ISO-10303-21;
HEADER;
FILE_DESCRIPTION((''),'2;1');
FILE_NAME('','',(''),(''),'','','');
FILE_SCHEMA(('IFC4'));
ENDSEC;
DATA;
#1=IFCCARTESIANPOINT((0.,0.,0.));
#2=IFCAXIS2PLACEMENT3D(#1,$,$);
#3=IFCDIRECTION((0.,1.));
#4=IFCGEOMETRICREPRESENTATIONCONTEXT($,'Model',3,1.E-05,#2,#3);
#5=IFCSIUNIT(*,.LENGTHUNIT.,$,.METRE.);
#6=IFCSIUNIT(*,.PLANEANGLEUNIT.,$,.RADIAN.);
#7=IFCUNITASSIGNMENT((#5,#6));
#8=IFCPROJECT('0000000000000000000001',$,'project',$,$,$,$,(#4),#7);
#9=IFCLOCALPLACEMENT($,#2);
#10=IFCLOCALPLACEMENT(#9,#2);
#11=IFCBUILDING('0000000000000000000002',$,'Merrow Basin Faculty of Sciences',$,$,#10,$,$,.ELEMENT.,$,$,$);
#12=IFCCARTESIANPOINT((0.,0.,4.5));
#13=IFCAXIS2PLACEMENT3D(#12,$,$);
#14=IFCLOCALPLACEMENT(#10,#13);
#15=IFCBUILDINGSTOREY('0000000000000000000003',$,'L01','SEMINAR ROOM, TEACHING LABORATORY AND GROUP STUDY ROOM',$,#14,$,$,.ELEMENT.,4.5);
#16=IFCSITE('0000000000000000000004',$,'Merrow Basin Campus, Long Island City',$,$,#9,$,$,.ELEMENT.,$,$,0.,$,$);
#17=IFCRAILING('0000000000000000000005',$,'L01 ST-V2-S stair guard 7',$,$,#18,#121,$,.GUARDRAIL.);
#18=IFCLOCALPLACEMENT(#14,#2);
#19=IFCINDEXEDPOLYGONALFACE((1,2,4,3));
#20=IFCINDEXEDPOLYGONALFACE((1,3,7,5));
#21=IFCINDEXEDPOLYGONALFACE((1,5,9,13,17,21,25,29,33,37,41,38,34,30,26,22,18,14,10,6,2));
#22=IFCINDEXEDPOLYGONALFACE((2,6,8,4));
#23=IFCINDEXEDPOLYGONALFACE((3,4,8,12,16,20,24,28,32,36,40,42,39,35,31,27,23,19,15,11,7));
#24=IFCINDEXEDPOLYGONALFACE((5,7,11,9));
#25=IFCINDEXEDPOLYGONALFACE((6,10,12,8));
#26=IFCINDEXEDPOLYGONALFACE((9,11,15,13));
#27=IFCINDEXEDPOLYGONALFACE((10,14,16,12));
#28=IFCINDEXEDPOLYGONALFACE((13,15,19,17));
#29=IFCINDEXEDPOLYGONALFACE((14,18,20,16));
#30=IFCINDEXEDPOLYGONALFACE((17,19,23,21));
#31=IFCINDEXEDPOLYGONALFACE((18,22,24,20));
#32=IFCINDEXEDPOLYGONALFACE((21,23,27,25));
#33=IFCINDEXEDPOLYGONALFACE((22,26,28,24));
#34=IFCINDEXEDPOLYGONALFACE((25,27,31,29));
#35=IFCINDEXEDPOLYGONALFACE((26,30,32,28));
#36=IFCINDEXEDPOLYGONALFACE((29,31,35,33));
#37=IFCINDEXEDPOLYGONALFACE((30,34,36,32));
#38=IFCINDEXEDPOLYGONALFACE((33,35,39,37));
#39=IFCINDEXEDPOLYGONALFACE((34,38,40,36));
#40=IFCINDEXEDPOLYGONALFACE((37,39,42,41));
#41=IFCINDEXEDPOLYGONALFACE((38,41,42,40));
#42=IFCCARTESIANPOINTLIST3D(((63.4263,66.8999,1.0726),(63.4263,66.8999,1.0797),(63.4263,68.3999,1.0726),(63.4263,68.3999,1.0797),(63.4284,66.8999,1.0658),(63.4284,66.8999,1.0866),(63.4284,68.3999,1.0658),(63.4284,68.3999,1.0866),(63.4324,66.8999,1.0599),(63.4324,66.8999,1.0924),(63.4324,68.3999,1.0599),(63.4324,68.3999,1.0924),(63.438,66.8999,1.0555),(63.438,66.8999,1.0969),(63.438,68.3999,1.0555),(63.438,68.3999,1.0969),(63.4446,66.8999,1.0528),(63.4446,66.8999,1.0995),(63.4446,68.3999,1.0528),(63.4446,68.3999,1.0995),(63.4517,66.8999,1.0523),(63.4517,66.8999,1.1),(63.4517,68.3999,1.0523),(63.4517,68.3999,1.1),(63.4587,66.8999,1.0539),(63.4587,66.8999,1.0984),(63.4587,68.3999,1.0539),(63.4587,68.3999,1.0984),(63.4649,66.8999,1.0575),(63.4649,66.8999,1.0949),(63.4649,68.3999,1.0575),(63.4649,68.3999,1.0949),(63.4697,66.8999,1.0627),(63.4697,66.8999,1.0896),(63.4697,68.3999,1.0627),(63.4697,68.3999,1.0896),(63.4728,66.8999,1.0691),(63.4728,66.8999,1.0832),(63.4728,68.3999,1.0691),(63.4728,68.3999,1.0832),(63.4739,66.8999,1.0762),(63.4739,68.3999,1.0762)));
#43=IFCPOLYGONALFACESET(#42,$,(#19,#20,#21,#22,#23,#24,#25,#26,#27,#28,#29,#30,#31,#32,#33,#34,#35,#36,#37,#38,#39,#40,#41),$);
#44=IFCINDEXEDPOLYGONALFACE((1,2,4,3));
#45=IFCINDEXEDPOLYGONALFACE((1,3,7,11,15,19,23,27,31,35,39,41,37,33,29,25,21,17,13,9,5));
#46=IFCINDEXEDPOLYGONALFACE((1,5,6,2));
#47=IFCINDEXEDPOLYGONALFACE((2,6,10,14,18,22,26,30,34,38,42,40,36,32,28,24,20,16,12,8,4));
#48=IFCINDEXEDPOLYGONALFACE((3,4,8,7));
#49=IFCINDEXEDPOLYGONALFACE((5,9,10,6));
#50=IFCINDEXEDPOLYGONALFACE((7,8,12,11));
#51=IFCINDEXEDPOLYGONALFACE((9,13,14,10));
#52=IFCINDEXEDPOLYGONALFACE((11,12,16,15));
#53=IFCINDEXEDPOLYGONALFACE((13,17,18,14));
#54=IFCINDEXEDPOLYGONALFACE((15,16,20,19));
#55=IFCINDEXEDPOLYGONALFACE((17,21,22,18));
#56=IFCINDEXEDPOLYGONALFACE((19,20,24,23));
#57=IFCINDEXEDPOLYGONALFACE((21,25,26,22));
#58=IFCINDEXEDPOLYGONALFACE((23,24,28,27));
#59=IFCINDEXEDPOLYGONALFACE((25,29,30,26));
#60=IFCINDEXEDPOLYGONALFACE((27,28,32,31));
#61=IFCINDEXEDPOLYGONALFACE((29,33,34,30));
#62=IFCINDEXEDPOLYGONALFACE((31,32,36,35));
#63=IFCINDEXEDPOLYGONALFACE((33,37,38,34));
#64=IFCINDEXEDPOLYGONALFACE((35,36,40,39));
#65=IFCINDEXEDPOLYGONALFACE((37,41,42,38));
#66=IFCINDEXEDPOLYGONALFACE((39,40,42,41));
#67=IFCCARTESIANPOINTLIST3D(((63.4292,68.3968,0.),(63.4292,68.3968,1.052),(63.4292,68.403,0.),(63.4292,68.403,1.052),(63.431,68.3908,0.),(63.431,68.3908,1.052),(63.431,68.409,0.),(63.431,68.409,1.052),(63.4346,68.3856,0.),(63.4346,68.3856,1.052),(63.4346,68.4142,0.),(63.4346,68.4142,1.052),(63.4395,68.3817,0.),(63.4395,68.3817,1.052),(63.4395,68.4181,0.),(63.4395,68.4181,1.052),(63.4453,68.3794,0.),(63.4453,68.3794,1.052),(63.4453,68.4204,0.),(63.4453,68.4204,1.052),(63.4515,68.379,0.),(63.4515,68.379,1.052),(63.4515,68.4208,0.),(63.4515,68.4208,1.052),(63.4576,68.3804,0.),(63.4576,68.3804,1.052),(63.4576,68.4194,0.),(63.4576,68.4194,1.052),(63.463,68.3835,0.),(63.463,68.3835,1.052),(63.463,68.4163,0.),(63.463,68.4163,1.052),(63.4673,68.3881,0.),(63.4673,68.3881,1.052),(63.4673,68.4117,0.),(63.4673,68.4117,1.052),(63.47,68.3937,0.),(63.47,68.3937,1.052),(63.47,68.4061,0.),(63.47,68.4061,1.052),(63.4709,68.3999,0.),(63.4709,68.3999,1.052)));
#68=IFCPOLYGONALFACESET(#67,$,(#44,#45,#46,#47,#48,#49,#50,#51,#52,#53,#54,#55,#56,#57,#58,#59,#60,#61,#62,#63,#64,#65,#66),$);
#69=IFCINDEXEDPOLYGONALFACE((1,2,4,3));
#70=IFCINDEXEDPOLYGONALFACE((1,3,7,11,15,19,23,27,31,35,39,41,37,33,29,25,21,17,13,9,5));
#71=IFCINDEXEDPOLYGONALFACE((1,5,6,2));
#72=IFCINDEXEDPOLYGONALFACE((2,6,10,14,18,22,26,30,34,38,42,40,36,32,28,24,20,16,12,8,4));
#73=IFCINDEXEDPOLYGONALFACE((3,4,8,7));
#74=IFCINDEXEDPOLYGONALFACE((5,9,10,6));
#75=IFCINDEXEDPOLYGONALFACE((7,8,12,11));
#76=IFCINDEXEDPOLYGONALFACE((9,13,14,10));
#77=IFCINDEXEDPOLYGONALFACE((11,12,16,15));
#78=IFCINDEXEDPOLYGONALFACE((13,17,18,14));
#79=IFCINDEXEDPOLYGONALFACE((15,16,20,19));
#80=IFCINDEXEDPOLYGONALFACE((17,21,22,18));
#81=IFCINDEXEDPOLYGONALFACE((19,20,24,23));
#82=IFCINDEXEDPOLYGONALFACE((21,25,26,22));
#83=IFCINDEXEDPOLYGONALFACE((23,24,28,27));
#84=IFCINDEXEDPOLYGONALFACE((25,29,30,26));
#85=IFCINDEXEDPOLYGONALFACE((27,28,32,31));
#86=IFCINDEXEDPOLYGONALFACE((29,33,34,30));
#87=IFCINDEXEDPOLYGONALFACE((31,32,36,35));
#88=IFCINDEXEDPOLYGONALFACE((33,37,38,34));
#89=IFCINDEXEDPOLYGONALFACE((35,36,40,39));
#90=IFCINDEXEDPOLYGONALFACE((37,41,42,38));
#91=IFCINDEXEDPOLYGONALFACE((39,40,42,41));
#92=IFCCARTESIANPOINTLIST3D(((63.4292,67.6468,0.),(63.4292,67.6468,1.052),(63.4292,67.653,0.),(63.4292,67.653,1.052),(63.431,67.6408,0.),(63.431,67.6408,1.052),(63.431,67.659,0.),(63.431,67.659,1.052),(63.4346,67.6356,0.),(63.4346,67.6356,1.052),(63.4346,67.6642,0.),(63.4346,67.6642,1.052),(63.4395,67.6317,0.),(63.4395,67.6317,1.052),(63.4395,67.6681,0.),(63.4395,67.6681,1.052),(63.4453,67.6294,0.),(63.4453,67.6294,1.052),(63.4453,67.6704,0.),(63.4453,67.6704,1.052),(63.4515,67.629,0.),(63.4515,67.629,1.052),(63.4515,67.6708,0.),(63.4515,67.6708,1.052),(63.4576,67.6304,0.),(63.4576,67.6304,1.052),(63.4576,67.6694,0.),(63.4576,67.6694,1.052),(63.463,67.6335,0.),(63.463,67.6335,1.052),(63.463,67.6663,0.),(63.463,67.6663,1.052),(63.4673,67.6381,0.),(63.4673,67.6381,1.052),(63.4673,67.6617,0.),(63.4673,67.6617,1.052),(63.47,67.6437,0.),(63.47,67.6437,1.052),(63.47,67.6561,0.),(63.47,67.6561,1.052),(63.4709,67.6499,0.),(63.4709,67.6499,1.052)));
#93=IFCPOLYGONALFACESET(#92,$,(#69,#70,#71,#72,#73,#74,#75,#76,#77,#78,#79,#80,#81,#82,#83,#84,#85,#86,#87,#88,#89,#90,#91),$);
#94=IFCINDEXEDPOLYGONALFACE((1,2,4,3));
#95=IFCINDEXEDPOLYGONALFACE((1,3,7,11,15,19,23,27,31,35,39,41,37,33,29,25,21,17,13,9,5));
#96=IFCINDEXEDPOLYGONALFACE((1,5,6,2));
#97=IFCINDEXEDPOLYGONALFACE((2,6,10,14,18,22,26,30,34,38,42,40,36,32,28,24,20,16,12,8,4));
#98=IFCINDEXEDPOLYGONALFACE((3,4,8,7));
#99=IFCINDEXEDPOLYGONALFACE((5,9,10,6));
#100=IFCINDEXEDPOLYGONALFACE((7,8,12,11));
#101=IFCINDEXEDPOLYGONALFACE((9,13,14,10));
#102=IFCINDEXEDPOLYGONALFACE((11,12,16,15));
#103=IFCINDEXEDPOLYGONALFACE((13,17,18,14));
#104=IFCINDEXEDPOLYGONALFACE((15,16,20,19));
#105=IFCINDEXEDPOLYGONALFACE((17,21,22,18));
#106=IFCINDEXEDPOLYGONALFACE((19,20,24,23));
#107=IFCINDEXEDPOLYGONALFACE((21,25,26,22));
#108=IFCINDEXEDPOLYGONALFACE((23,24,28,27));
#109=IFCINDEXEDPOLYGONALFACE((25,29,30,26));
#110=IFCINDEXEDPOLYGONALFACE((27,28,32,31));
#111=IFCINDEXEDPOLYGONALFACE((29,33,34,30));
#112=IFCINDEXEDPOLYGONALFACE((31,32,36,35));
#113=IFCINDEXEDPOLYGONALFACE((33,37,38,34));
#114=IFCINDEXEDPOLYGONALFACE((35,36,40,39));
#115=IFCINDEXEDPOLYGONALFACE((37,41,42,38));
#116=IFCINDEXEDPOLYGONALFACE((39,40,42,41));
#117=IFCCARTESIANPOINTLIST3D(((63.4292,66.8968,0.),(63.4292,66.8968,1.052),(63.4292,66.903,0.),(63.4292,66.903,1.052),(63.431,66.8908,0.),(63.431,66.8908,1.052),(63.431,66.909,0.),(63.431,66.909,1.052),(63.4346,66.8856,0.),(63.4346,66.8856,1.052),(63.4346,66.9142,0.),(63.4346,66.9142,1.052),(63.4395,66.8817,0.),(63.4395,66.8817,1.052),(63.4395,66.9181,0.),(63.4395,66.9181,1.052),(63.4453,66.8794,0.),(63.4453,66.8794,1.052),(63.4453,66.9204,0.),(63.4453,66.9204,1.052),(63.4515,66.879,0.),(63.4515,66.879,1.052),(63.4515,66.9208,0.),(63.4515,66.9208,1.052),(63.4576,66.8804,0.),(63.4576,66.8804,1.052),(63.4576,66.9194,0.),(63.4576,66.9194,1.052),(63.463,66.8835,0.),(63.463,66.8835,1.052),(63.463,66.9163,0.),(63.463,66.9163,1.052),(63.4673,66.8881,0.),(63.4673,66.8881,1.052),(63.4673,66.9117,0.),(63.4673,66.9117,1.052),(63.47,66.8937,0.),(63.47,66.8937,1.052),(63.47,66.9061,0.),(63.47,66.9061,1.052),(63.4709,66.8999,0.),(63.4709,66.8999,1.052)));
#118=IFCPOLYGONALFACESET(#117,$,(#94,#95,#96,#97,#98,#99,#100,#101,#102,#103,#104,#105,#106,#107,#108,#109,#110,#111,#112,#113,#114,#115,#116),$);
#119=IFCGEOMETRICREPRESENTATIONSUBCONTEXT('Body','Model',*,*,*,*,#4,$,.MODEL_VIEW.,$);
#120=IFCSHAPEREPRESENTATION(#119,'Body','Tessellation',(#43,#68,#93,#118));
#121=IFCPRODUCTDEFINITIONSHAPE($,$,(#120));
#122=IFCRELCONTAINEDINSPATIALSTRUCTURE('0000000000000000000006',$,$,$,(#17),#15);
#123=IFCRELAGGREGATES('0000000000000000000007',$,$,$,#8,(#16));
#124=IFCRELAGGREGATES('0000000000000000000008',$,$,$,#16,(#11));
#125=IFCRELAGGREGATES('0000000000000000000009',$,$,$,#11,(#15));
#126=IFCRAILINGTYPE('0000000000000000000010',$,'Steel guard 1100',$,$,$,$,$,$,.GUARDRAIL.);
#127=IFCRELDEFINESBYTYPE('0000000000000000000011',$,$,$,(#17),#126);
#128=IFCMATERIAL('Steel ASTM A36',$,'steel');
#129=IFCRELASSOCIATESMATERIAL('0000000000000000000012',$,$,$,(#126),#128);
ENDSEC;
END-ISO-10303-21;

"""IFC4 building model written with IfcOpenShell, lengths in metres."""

from ifc_helpers import new_model, si_unit, direction, frame, origin, origin_2d, place, context, subcontext, project, spatial, circle, extrude, material, type_object, element, save


model = new_model("IFC4")

# Units and contexts
model_context = context("Model", 3, precision=1e-05, world=origin(), true_north=direction((0.0, 1.0)))
body_context = subcontext(model_context, "Body", "Model", "MODEL_VIEW")
ifc_project = project(units=[si_unit("LENGTHUNIT", "METRE"), si_unit("PLANEANGLEUNIT", "RADIAN")], contexts=[model_context])

# Site, building, storey
site_placement = place(None, origin())
site = spatial("IfcSite", under=ifc_project, at=site_placement, Name="Merrow Basin Campus, Long Island City", CompositionType="ELEMENT", RefElevation=0.0)
building_placement = place(site_placement, origin())
building = spatial("IfcBuilding", under=site, at=building_placement, Name="Merrow Basin Faculty of Sciences", CompositionType="ELEMENT")
storey_placement = place(building_placement, frame((0.0, 0.0, 4.5)))
storey = spatial("IfcBuildingStorey", under=building, at=storey_placement, Name="L01", Description="SEMINAR ROOM, TEACHING LABORATORY AND GROUP STUDY ROOM", CompositionType="ELEMENT", Elevation=4.5)

# Railing
ifc_material_1 = material(Name="Steel ASTM A36", Category="steel")
railing_type = type_object("IfcRailingType", Name="Steel guard 1100", PredefinedType="GUARDRAIL", material=ifc_material_1)
railing_1_placement = place(storey_placement, frame((63.45, 68.3999, 0.0)))
element("IfcRailing", 1, at=railing_1_placement, inside=storey, type_object=railing_type, Name="L01 ST-V2-S stair guard 7", PredefinedType="GUARDRAIL", context=body_context, shape_type="SweptSolid", body=[
    extrude(circle(Radius=0.0239, at=origin_2d()), frame((0.0, 0.0, 1.0762), z_axis=(0.0, -1.0, 0.0), x_axis=(1.0, 0.0, 0.0)), (0.0, 0.0, 1.0), 1.5),
    extrude(circle(Radius=0.021, at=origin_2d()), origin(), (0.0, 0.0, 1.0), 1.052),
    extrude(circle(Radius=0.021, at=origin_2d()), frame((0.0, -0.75, 0.0)), (0.0, 0.0, 1.0), 1.052),
    extrude(circle(Radius=0.021, at=origin_2d()), frame((0.0, -1.5, 0.0)), (0.0, 0.0, 1.0), 1.052),
])

save(model, "model.ifc")
